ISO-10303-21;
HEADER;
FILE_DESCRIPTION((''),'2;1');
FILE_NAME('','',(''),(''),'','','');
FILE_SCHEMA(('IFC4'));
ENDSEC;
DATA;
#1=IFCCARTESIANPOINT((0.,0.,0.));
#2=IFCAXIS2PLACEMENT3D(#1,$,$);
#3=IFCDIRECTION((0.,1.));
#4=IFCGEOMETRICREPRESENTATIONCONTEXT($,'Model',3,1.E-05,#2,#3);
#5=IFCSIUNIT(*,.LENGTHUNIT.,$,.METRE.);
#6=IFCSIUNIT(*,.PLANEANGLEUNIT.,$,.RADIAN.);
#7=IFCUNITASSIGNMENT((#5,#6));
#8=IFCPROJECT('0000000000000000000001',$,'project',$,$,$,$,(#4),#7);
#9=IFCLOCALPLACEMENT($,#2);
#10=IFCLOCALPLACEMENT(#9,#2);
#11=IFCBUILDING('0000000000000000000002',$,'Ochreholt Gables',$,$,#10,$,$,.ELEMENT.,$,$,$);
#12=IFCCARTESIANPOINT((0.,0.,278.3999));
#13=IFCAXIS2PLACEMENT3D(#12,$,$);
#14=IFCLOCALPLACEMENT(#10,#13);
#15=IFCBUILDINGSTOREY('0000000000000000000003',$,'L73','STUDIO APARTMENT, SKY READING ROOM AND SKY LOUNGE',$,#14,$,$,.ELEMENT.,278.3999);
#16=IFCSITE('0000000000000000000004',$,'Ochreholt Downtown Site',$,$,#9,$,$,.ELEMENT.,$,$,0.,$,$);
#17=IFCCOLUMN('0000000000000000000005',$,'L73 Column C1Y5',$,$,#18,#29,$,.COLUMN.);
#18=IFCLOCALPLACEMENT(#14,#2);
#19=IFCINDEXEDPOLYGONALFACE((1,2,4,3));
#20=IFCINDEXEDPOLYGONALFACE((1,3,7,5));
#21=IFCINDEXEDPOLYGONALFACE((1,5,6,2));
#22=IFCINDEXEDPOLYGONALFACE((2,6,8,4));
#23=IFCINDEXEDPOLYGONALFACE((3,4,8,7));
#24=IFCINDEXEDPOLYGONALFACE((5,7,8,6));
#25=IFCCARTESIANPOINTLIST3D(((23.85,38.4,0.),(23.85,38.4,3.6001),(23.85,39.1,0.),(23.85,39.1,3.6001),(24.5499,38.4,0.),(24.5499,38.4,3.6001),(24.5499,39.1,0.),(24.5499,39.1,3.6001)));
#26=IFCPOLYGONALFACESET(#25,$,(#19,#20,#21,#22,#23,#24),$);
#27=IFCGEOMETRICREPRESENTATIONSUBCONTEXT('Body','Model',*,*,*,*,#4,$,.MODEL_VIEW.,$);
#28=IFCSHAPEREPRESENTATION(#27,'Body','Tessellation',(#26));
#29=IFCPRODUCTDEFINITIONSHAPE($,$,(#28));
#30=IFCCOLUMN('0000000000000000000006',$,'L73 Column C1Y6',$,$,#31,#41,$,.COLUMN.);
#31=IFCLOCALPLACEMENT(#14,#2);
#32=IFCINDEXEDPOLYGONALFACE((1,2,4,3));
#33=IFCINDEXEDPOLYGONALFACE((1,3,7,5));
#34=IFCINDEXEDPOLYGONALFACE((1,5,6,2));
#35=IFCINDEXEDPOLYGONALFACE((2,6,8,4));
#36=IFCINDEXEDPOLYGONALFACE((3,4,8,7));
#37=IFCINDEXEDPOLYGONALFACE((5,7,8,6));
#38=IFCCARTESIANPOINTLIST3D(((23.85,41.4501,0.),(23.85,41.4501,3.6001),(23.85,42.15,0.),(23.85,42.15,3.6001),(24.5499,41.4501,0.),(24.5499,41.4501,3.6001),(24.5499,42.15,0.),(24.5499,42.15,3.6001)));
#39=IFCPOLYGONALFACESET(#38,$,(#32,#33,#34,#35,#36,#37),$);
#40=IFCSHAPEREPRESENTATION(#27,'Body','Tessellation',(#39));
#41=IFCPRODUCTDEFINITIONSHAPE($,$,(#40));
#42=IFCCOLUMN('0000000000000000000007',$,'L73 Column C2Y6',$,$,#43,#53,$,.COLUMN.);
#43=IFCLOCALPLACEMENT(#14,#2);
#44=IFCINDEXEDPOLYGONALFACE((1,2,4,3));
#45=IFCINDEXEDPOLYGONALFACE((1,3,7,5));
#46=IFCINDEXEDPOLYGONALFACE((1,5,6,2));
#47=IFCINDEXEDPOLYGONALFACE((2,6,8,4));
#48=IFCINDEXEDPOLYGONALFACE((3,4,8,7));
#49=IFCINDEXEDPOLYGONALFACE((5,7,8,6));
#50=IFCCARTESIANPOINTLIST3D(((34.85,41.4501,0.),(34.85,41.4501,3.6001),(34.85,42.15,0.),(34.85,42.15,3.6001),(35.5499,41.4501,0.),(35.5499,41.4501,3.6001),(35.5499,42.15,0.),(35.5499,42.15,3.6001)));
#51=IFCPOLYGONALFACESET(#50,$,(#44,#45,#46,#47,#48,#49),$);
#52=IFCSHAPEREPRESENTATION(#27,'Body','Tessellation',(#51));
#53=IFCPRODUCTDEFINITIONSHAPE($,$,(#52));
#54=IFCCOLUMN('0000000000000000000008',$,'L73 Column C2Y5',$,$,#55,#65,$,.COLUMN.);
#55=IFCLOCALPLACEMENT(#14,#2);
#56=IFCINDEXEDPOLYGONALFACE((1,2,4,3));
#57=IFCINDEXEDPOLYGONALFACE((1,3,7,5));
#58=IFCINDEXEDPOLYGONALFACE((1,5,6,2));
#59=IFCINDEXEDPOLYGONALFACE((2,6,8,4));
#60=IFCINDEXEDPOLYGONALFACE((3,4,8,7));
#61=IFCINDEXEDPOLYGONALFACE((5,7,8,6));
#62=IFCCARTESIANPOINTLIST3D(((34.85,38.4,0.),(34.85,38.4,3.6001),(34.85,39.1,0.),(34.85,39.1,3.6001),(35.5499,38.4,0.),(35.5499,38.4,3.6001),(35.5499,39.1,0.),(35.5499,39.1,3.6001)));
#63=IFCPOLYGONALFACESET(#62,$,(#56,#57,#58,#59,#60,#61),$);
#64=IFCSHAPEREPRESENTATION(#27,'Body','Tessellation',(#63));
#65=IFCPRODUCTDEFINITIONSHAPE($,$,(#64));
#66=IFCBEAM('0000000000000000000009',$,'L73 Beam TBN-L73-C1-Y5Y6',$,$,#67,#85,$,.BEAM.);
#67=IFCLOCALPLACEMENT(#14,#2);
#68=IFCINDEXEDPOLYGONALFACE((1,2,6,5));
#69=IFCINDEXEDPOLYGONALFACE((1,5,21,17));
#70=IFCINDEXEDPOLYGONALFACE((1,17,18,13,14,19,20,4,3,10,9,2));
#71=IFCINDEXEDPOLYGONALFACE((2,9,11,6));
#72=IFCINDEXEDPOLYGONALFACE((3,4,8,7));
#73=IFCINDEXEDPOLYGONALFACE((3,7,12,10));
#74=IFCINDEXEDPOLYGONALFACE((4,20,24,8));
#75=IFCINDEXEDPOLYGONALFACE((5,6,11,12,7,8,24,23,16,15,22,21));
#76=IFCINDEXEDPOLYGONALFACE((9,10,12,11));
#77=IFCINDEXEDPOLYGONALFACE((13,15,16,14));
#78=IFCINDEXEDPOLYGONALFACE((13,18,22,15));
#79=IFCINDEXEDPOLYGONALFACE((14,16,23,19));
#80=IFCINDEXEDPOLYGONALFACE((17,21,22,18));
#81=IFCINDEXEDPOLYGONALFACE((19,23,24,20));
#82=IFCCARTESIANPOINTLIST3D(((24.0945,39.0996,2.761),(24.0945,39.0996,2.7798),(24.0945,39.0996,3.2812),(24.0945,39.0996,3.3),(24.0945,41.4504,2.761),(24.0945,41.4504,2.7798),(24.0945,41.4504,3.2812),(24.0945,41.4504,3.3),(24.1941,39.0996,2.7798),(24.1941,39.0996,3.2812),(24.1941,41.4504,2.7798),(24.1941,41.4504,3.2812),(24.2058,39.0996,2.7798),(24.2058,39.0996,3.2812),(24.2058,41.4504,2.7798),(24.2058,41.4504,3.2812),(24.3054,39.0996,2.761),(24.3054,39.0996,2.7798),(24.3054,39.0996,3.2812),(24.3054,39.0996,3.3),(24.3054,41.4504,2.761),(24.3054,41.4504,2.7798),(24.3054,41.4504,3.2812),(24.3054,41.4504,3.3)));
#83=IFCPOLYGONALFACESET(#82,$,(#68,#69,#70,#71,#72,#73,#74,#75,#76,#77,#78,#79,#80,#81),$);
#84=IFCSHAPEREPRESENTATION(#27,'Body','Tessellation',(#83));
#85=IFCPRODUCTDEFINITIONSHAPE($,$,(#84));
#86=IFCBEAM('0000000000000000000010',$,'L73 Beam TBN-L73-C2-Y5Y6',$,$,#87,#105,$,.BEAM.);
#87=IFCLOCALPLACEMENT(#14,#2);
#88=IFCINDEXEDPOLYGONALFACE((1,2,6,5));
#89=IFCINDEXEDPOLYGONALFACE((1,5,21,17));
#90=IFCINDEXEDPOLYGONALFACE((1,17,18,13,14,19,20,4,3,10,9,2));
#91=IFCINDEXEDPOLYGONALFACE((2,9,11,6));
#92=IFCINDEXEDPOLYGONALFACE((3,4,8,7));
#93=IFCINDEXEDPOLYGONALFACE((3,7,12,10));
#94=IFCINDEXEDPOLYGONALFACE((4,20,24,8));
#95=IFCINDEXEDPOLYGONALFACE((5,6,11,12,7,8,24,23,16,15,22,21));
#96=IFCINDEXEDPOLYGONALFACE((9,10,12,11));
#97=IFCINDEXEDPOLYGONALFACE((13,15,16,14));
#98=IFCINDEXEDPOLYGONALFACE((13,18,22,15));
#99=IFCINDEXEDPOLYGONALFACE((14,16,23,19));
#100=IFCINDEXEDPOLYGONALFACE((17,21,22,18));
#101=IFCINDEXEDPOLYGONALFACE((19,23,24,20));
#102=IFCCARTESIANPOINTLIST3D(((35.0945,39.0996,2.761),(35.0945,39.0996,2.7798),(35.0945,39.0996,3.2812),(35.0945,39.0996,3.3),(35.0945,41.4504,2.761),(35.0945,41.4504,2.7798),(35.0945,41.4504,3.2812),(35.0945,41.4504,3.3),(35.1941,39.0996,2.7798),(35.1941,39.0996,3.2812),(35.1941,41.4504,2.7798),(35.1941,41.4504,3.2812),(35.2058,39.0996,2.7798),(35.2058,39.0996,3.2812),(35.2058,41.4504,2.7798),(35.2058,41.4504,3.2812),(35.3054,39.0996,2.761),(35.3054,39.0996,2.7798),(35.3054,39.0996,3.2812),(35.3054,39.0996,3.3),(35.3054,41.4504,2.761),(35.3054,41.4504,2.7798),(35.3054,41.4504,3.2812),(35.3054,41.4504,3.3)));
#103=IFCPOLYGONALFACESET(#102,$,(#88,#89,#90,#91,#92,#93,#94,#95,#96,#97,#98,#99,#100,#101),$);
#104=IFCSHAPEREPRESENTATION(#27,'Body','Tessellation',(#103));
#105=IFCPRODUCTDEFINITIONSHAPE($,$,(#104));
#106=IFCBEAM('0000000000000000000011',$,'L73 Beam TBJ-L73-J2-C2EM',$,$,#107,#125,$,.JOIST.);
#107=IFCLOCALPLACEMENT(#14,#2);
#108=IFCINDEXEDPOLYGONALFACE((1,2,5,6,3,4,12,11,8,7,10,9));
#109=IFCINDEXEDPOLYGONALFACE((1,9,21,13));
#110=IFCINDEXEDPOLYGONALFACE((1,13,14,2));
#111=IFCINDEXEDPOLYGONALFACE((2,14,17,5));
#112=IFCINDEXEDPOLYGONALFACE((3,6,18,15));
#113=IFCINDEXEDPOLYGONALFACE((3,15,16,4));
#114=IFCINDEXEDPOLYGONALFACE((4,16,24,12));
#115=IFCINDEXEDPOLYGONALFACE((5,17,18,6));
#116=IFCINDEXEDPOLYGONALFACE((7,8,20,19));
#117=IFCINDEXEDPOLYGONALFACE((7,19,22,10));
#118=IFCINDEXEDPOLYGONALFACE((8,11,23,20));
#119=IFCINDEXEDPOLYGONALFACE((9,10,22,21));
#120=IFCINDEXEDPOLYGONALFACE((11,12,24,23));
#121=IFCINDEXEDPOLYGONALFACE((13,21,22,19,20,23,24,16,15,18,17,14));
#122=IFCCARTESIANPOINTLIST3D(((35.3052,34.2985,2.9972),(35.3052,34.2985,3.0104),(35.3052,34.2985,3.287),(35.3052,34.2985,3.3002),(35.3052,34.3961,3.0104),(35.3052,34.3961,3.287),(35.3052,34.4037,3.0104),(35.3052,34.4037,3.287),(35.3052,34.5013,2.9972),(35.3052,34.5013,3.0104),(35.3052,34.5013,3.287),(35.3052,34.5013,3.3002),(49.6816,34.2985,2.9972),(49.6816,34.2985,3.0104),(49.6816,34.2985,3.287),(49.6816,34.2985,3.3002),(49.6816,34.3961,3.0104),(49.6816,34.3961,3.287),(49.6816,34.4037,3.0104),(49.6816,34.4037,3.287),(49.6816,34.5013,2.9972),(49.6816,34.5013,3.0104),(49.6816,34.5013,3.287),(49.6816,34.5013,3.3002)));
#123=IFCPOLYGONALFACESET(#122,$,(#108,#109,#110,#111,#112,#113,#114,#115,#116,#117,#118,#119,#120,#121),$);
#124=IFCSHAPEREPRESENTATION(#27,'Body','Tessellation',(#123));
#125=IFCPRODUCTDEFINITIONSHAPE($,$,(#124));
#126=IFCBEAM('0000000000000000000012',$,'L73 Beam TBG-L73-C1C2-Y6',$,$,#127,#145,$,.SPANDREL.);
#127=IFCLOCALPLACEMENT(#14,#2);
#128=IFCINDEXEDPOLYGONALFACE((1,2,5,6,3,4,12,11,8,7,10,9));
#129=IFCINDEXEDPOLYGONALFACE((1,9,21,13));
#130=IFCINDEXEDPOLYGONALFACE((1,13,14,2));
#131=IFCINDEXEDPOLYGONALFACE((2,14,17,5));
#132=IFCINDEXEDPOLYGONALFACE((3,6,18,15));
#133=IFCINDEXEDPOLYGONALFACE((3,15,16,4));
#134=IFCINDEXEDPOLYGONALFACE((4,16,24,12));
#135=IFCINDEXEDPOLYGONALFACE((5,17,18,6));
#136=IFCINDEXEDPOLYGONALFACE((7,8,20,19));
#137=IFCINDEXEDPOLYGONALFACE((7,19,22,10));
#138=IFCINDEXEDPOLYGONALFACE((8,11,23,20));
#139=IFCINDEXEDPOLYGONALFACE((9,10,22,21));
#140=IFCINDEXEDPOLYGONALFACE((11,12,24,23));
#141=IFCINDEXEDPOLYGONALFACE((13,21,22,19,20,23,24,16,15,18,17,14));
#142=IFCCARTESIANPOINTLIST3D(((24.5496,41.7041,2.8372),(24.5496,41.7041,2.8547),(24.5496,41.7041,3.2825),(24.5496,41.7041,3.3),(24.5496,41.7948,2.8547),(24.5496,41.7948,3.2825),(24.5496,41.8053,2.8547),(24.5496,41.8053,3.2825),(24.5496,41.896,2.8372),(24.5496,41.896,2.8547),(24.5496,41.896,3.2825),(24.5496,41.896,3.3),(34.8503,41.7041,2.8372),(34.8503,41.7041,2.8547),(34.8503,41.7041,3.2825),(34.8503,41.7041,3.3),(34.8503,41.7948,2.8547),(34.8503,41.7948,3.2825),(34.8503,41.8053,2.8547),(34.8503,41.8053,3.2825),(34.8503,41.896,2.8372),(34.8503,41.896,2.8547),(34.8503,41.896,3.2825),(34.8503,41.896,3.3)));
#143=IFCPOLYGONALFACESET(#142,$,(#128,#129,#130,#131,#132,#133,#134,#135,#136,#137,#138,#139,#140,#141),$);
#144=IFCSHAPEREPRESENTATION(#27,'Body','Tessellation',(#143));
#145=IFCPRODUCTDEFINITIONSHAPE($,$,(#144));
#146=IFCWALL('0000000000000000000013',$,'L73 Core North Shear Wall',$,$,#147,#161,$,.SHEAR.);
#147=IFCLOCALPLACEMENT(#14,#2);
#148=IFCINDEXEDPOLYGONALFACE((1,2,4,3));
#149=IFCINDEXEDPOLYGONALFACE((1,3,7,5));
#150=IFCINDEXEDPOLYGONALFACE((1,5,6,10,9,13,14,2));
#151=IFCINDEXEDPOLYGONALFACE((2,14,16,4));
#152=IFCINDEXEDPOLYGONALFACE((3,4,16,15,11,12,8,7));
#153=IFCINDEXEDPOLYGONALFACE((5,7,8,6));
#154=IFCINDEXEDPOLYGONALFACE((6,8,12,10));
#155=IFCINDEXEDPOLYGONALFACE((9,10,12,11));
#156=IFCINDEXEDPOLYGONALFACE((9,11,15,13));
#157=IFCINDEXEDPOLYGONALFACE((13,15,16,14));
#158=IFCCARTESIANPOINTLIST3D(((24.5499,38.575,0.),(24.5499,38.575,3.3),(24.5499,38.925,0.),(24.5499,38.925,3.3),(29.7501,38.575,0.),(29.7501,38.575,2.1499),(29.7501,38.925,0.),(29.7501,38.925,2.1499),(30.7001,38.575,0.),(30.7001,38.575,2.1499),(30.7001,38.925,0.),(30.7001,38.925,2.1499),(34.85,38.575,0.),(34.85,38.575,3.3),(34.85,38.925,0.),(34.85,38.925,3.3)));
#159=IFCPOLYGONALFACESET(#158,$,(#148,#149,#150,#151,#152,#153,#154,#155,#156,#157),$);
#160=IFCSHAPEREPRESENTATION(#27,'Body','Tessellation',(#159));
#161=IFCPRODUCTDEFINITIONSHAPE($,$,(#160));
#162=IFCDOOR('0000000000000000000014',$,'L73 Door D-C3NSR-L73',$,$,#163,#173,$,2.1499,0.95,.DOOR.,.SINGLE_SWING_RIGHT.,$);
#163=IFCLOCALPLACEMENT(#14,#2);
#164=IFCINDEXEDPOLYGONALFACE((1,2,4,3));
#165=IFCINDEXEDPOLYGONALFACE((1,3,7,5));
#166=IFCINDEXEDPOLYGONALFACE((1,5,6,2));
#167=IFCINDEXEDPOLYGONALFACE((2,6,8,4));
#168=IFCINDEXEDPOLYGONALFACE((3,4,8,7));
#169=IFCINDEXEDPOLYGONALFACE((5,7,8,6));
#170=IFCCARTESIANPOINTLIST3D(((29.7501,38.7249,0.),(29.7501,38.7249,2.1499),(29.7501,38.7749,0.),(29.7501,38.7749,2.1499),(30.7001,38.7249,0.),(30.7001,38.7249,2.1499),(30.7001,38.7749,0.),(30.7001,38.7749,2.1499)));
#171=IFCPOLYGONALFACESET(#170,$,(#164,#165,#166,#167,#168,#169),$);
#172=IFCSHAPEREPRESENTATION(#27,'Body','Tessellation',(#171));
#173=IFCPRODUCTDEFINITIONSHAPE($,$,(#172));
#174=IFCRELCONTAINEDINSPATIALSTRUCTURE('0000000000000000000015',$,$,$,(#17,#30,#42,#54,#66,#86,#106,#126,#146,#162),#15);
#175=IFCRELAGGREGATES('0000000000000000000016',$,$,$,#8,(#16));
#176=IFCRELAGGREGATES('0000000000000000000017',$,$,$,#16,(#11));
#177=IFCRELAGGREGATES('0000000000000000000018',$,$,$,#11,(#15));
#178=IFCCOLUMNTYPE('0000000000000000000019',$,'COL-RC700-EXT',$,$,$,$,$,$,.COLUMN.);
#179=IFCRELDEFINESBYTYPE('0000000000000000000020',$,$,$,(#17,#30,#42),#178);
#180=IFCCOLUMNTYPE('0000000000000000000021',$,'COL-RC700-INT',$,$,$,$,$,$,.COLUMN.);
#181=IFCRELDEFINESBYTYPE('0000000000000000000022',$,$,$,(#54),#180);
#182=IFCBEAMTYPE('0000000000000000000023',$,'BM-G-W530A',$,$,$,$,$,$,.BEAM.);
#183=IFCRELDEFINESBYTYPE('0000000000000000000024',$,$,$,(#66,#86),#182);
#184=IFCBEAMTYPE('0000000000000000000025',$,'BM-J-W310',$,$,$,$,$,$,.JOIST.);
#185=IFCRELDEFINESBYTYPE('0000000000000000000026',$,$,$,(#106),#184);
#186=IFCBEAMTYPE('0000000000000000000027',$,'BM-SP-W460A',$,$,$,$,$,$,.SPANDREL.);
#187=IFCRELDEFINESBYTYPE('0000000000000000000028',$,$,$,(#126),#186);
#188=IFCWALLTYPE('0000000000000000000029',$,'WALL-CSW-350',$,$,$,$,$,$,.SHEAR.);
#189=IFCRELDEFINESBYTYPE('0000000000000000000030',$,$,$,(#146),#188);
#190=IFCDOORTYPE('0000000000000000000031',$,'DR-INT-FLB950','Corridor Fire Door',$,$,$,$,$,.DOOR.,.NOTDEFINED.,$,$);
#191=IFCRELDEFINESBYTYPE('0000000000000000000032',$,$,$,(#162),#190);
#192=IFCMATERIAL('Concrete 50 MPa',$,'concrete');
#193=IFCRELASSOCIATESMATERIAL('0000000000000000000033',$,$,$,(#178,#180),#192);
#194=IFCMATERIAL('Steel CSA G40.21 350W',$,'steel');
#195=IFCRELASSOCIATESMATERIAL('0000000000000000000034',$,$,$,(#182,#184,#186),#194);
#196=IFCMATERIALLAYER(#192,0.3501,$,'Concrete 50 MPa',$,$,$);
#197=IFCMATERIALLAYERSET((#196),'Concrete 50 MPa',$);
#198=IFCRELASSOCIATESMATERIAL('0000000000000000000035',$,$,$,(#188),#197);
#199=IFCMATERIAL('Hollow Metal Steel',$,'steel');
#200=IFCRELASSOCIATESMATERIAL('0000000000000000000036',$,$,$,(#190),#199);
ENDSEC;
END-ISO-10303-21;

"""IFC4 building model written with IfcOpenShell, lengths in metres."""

from ifc_helpers import new_model, si_unit, direction, frame, frame_2d, origin, origin_2d, place, context, subcontext, project, spatial, rectangle, i_section, extrude, material, layer, layer_set, material_profile, profile_set, type_object, element, fill, save


model = new_model("IFC4")

# Units and contexts
model_context = context("Model", 3, precision=1e-05, world=origin(), true_north=direction((0.0, 1.0)))
body_context = subcontext(model_context, "Body", "Model", "MODEL_VIEW")
ifc_project = project(units=[si_unit("LENGTHUNIT", "METRE"), si_unit("PLANEANGLEUNIT", "RADIAN")], contexts=[model_context])

# Site, building, storey
site_placement = place(None, origin())
site = spatial("IfcSite", under=ifc_project, at=site_placement, Name="Ochreholt Downtown Site", CompositionType="ELEMENT", RefElevation=0.0)
building_placement = place(site_placement, origin())
building = spatial("IfcBuilding", under=site, at=building_placement, Name="Ochreholt Gables", CompositionType="ELEMENT")
storey_placement = place(building_placement, frame((0.0, 0.0, 278.3999)))
storey = spatial("IfcBuildingStorey", under=building, at=storey_placement, Name="L73", Description="STUDIO APARTMENT, SKY READING ROOM AND SKY LOUNGE", CompositionType="ELEMENT", Elevation=278.3999)

# Columns
ifc_material_1 = material(Name="Concrete 50 MPa", Category="concrete")
ifc_material_profile_1 = material_profile(ifc_material_1, rectangle(XDim=0.7, YDim=0.7, at=origin_2d()), Name="RC700X700")
ifc_profile_set_1 = profile_set([ifc_material_profile_1], Name="Concrete 50 MPa")
column_type_1 = type_object("IfcColumnType", Name="COL-RC700-EXT", PredefinedType="COLUMN", material=ifc_profile_set_1)
for number, where, z_axis, x_axis, name in (
    (1, (24.2, 38.75, 0.0), (0.0, 0.0, 1.0), (1.0, 0.0, 0.0), "L73 Column C1Y5"),
    (2, (24.2, 41.8, 0.0), (0.0, 0.0, 1.0), (1.0, 0.0, 0.0), "L73 Column C1Y6"),
    (3, (35.2, 41.8, 0.0), (0.0, 0.0, 1.0), (1.0, 0.0, 0.0), "L73 Column C2Y6"),
):
    element("IfcColumn", number, at=place(storey_placement, frame(where, z_axis=z_axis, x_axis=x_axis)), inside=storey, type_object=column_type_1, Name=name, PredefinedType="COLUMN", context=body_context, shape_type="SweptSolid", body=[
        extrude(rectangle(XDim=0.7, YDim=0.7, at=origin_2d()), origin(), (0.0, 0.0, 1.0), 3.6001),
    ])
ifc_material_profile_2 = material_profile(ifc_material_1, rectangle(XDim=0.7, YDim=0.7, at=origin_2d()), Name="RC700X700")
ifc_profile_set_2 = profile_set([ifc_material_profile_2], Name="Concrete 50 MPa")
column_type_2 = type_object("IfcColumnType", Name="COL-RC700-INT", PredefinedType="COLUMN", material=ifc_profile_set_2)
column_placement = place(storey_placement, frame((35.2, 38.75, 0.0), z_axis=(0.0, 0.0, 1.0), x_axis=(1.0, 0.0, 0.0)))
element("IfcColumn", 4, at=column_placement, inside=storey, type_object=column_type_2, Name="L73 Column C2Y5", PredefinedType="COLUMN", context=body_context, shape_type="SweptSolid", body=[
    extrude(rectangle(XDim=0.7, YDim=0.7, at=origin_2d()), origin(), (0.0, 0.0, 1.0), 3.6001),
])

# Beams
ifc_material_2 = material(Name="Steel CSA G40.21 350W", Category="steel")
ifc_material_profile_3 = material_profile(ifc_material_2, i_section(OverallWidth=0.2109, OverallDepth=0.5391, WebThickness=0.0117, FlangeThickness=0.0188, at=origin_2d()), Name="W530X109")
ifc_profile_set_3 = profile_set([ifc_material_profile_3], Name="Steel CSA G40.21 350W")
beam_type_1 = type_object("IfcBeamType", Name="BM-G-W530A", PredefinedType="BEAM", material=ifc_profile_set_3)
for number, where, z_axis, x_axis, name in (
    (5, (24.2, 39.0996, 3.0305), (0.0, 1.0, 0.0), (-1.0, 0.0, 0.0), "L73 Beam TBN-L73-C1-Y5Y6"),
    (6, (35.2, 39.0996, 3.0305), (0.0, 1.0, 0.0), (-1.0, 0.0, 0.0), "L73 Beam TBN-L73-C2-Y5Y6"),
):
    element("IfcBeam", number, at=place(storey_placement, frame(where, z_axis=z_axis, x_axis=x_axis)), inside=storey, type_object=beam_type_1, Name=name, PredefinedType="BEAM", context=body_context, shape_type="SweptSolid", body=[
        extrude(i_section(OverallWidth=0.2109, OverallDepth=0.5391, WebThickness=0.0117, FlangeThickness=0.0188, at=origin_2d()), origin(), (0.0, 0.0, 1.0), 2.3508),
    ])
ifc_material_profile_4 = material_profile(ifc_material_2, i_section(OverallWidth=0.2029, OverallDepth=0.303, WebThickness=0.0076, FlangeThickness=0.0132, at=origin_2d()), Name="W310X60")
ifc_profile_set_4 = profile_set([ifc_material_profile_4], Name="Steel CSA G40.21 350W")
beam_type_2 = type_object("IfcBeamType", Name="BM-J-W310", PredefinedType="JOIST", material=ifc_profile_set_4)
beam_1_placement = place(storey_placement, frame((35.3052, 34.3999, 3.1487), z_axis=(1.0, 0.0, 0.0), x_axis=(0.0, 1.0, 0.0)))
element("IfcBeam", 7, at=beam_1_placement, inside=storey, type_object=beam_type_2, Name="L73 Beam TBJ-L73-J2-C2EM", PredefinedType="JOIST", context=body_context, shape_type="SweptSolid", body=[
    extrude(i_section(OverallWidth=0.2029, OverallDepth=0.303, WebThickness=0.0076, FlangeThickness=0.0132, at=origin_2d()), origin(), (0.0, 0.0, 1.0), 14.3765),
])
ifc_material_profile_5 = material_profile(ifc_material_2, i_section(OverallWidth=0.1919, OverallDepth=0.4629, WebThickness=0.0105, FlangeThickness=0.0176, at=origin_2d()), Name="W460X89")
ifc_profile_set_5 = profile_set([ifc_material_profile_5], Name="Steel CSA G40.21 350W")
beam_type_3 = type_object("IfcBeamType", Name="BM-SP-W460A", PredefinedType="SPANDREL", material=ifc_profile_set_5)
beam_2_placement = place(storey_placement, frame((24.5496, 41.8, 3.0686), z_axis=(1.0, 0.0, 0.0), x_axis=(0.0, 1.0, 0.0)))
element("IfcBeam", 8, at=beam_2_placement, inside=storey, type_object=beam_type_3, Name="L73 Beam TBG-L73-C1C2-Y6", PredefinedType="SPANDREL", context=body_context, shape_type="SweptSolid", body=[
    extrude(i_section(OverallWidth=0.1919, OverallDepth=0.4629, WebThickness=0.0105, FlangeThickness=0.0176, at=origin_2d()), origin(), (0.0, 0.0, 1.0), 10.3008),
])

# Wall, opening, door
ifc_layer_1 = layer(ifc_material_1, 0.3501, Name="Concrete 50 MPa")
ifc_layer_set_1 = layer_set([ifc_layer_1], Name="Concrete 50 MPa")
wall_type_1 = type_object("IfcWallType", Name="WALL-CSW-350", PredefinedType="SHEAR", material=ifc_layer_set_1)
wall_1_placement = place(storey_placement, frame((24.55, 38.75, 0.0), z_axis=(0.0, 0.0, 1.0), x_axis=(1.0, 0.0, 0.0)))
wall_1 = element("IfcWall", 9, at=wall_1_placement, inside=storey, type_object=wall_type_1, Name="L73 Core North Shear Wall", PredefinedType="SHEAR", context=body_context, shape_type="SweptSolid", body=[
    extrude(rectangle(XDim=10.3, YDim=0.3501, at=frame_2d((5.1499, 0.0))), origin(), (0.0, 0.0, 1.0), 3.3),
])
opening_1_placement = place(wall_1_placement, frame((5.2, 0.0, 0.0)))
opening_1 = element("IfcOpeningElement", 10, at=opening_1_placement, cuts=wall_1, PredefinedType="OPENING", context=body_context, shape_type="SweptSolid", body=[
    extrude(rectangle(XDim=0.95, YDim=2.1499, at=frame_2d((0.4751, 1.075))), frame((0.0, 0.1851, 0.0), z_axis=(0.0, -1.0, 0.0), x_axis=(1.0, 0.0, 0.0)), (0.0, 0.0, 1.0), 0.3701),
])
ifc_material_3 = material(Name="Hollow Metal Steel", Category="steel")
door_type_1 = type_object("IfcDoorType", Name="DR-INT-FLB950", Description="Corridor Fire Door", OperationType="NOTDEFINED", PredefinedType="DOOR", material=ifc_material_3)
door_1_placement = place(opening_1_placement, origin())
door_1 = element("IfcDoor", 11, at=door_1_placement, inside=storey, type_object=door_type_1, Name="L73 Door D-C3NSR-L73", OperationType="SINGLE_SWING_RIGHT", OverallHeight=2.1499, OverallWidth=0.95, PredefinedType="DOOR", context=body_context, shape_type="SweptSolid", body=[
    extrude(rectangle(XDim=0.95, YDim=2.1499, at=frame_2d((0.4751, 1.075))), frame((0.0, 0.0249, 0.0), z_axis=(0.0, -1.0, 0.0), x_axis=(1.0, 0.0, 0.0)), (0.0, 0.0, 1.0), 0.05),
])
fill(opening_1, door_1)

save(model, "model.ifc")
